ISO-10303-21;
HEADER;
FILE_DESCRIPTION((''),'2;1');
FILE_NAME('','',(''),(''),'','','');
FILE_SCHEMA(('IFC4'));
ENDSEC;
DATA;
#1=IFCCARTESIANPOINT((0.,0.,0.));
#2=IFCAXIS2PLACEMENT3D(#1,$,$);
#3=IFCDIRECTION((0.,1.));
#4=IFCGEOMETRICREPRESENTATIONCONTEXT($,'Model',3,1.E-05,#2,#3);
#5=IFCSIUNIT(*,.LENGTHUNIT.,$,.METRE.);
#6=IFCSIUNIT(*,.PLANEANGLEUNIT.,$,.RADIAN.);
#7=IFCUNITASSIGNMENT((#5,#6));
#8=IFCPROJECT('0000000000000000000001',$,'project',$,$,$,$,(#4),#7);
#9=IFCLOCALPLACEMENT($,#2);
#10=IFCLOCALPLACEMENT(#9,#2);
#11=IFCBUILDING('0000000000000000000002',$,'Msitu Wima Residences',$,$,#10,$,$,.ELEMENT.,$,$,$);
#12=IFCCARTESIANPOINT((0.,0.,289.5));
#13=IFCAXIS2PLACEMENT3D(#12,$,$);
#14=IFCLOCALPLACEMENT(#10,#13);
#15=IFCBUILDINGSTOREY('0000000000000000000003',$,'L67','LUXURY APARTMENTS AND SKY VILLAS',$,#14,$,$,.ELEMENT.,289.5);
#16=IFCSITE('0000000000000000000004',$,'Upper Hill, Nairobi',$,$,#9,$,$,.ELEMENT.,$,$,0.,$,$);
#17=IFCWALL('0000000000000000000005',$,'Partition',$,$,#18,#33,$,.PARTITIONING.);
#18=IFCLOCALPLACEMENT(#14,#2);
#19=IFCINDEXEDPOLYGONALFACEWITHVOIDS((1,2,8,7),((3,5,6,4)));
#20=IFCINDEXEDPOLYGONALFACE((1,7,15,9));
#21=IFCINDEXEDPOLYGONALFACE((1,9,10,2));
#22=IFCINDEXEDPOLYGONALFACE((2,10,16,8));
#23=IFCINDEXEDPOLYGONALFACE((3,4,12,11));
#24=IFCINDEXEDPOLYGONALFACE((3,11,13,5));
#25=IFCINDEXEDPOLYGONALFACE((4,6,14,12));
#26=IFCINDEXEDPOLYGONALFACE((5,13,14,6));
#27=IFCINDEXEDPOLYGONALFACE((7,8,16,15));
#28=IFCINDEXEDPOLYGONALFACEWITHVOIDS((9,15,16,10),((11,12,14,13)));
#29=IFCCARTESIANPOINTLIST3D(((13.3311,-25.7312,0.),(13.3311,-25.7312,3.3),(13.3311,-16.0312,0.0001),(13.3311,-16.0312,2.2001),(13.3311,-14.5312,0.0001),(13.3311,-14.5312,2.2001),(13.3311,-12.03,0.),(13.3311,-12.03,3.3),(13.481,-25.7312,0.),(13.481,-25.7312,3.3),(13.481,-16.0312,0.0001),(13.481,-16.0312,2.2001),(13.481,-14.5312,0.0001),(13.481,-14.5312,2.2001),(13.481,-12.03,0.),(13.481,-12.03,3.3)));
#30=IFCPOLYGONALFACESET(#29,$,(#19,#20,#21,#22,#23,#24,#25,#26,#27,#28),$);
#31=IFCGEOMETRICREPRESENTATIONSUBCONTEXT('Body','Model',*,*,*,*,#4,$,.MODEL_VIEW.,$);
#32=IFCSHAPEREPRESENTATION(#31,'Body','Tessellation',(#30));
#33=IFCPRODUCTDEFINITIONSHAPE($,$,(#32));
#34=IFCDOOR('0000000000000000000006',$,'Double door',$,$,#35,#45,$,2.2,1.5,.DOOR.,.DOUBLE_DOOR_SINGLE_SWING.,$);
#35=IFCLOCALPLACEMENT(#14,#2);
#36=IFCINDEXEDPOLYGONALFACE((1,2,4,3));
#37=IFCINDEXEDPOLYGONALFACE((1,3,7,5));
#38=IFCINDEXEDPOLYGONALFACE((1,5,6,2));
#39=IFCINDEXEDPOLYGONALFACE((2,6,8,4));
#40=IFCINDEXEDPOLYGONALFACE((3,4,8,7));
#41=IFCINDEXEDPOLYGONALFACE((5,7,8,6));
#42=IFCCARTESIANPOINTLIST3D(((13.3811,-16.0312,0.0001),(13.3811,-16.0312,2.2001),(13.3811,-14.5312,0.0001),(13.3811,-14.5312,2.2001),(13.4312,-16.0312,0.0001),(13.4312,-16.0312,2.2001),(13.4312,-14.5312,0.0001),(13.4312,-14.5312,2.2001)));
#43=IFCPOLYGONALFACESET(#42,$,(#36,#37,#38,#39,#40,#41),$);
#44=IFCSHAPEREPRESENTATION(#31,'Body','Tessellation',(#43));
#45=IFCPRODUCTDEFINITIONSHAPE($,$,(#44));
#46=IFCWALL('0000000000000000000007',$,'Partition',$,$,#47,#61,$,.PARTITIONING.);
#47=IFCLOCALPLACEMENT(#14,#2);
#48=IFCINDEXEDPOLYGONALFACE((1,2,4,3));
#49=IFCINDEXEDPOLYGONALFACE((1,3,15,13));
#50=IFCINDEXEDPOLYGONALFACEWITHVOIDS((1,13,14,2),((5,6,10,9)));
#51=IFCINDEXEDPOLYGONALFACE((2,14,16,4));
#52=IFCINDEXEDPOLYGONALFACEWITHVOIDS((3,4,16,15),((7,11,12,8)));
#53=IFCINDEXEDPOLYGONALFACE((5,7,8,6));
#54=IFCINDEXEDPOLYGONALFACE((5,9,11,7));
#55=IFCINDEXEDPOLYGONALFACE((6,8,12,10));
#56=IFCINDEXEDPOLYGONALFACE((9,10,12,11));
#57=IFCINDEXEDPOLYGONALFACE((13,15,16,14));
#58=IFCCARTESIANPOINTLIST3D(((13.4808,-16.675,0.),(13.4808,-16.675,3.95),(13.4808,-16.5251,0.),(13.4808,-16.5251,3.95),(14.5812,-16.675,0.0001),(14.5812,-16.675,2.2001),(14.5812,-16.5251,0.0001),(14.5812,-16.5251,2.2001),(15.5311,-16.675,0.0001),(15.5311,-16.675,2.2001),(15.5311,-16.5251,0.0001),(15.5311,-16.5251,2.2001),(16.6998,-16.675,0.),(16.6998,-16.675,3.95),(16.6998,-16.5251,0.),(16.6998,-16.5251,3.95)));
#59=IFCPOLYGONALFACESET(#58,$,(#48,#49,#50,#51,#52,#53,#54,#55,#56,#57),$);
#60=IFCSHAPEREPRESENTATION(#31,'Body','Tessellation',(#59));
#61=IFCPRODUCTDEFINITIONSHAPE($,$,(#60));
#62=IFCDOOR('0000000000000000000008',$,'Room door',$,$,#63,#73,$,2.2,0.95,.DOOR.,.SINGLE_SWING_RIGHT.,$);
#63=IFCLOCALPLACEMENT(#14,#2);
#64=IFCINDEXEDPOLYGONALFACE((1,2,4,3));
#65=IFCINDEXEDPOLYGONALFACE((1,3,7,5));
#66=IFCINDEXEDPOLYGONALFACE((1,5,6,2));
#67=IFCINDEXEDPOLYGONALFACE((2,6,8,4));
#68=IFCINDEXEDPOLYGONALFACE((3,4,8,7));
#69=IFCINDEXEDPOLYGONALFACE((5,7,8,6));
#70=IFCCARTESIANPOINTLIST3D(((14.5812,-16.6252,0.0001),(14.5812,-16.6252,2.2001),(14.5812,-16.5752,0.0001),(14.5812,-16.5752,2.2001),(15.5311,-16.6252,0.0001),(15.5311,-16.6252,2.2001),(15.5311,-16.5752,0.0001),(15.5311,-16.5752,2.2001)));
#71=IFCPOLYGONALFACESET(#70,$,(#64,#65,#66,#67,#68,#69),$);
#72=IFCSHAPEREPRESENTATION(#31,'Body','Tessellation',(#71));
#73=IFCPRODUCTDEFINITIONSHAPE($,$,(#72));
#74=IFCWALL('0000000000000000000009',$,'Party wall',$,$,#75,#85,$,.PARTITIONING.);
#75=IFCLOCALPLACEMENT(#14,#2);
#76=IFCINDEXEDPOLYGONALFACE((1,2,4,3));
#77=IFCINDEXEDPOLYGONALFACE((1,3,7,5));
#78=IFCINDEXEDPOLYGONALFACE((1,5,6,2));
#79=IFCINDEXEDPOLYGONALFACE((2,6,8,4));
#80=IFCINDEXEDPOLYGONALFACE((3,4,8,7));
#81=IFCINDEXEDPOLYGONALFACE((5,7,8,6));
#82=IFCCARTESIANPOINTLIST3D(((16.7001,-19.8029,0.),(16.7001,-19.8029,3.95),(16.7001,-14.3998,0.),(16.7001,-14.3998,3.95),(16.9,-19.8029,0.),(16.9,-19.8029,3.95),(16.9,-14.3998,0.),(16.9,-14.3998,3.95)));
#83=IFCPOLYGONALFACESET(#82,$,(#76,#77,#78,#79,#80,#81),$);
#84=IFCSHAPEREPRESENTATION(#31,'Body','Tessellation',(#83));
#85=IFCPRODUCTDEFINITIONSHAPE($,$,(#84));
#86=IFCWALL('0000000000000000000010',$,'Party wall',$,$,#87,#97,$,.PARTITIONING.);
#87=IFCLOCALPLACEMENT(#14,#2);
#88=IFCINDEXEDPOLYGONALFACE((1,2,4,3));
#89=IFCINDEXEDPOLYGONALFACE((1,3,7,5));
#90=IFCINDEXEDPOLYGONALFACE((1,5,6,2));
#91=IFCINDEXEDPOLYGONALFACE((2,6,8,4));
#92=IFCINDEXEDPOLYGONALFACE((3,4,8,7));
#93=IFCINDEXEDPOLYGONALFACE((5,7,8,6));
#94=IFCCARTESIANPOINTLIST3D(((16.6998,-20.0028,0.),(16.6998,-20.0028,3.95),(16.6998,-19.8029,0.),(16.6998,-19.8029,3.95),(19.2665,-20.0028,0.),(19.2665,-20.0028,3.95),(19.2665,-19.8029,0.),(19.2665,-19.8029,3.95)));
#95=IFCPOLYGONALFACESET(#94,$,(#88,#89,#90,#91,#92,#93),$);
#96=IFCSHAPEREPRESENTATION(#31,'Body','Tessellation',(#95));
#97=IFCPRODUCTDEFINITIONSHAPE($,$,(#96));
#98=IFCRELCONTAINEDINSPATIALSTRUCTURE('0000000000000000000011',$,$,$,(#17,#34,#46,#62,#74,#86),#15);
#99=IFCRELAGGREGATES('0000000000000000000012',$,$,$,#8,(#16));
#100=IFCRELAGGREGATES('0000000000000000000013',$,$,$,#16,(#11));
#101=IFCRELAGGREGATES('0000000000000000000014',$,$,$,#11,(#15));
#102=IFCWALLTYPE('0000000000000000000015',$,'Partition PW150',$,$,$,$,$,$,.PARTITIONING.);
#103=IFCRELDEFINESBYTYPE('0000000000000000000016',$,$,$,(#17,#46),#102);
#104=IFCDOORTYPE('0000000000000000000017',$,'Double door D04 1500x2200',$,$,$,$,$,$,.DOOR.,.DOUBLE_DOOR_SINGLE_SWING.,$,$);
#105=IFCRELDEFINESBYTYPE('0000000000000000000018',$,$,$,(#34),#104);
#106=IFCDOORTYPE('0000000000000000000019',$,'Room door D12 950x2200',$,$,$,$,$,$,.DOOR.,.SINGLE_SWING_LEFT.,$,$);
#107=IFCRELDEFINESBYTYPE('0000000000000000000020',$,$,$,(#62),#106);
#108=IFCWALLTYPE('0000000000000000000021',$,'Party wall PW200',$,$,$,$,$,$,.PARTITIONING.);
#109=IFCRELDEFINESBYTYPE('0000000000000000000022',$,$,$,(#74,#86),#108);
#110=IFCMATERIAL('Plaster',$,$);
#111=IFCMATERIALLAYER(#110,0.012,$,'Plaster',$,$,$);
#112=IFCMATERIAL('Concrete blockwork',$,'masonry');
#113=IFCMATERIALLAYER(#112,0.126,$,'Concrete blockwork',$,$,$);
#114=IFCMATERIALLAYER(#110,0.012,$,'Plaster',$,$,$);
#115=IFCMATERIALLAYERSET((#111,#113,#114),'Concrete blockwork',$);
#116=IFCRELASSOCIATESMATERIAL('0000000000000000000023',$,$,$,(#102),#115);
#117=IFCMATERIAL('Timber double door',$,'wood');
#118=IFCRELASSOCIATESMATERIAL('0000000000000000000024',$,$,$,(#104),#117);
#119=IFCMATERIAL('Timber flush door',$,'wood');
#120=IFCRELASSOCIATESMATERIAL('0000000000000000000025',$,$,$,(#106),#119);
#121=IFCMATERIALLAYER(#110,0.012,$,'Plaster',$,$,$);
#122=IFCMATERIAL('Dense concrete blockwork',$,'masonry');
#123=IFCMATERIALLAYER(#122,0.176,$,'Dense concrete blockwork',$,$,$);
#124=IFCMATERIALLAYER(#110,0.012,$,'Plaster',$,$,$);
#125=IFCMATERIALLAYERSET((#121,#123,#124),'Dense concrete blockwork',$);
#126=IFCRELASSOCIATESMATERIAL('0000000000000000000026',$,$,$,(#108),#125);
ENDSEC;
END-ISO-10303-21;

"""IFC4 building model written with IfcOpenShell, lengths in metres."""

from ifc_helpers import new_model, si_unit, direction, frame, frame_2d, origin, place, context, subcontext, project, spatial, rectangle, extrude, material, layer, layer_set, type_object, element, fill, save


model = new_model("IFC4")

# Units and contexts
model_context = context("Model", 3, precision=1e-05, world=origin(), true_north=direction((0.0, 1.0)))
body_context = subcontext(model_context, "Body", "Model", "MODEL_VIEW")
ifc_project = project(units=[si_unit("LENGTHUNIT", "METRE"), si_unit("PLANEANGLEUNIT", "RADIAN")], contexts=[model_context])

# Site, building, storey
site_placement = place(None, origin())
site = spatial("IfcSite", under=ifc_project, at=site_placement, Name="Upper Hill, Nairobi", CompositionType="ELEMENT", RefElevation=0.0)
building_placement = place(site_placement, origin())
building = spatial("IfcBuilding", under=site, at=building_placement, Name="Msitu Wima Residences", CompositionType="ELEMENT")
storey_placement = place(building_placement, frame((0.0, 0.0, 289.5)))
storey = spatial("IfcBuildingStorey", under=building, at=storey_placement, Name="L67", Description="LUXURY APARTMENTS AND SKY VILLAS", CompositionType="ELEMENT", Elevation=289.5)

# Shared definitions
ifc_material_1 = material(Name="Plaster")
ifc_material_2 = material(Name="Concrete blockwork", Category="masonry")

# Walls, openings, doors
ifc_layer_1 = layer(ifc_material_1, 0.012, Name="Plaster")
ifc_layer_2 = layer(ifc_material_2, 0.126, Name="Concrete blockwork")
ifc_layer_3 = layer(ifc_material_1, 0.012, Name="Plaster")
ifc_layer_set_1 = layer_set([ifc_layer_1, ifc_layer_2, ifc_layer_3], Name="Concrete blockwork")
wall_type_1 = type_object("IfcWallType", Name="Partition PW150", PredefinedType="PARTITIONING", material=ifc_layer_set_1)
wall_1_placement = place(storey_placement, frame((13.406, -25.7312, 0.0), z_axis=(0.0, 0.0, 1.0), x_axis=(0.0, 1.0, 0.0)))
wall_1 = element("IfcWall", 1, at=wall_1_placement, inside=storey, type_object=wall_type_1, Name="Partition", PredefinedType="PARTITIONING", context=body_context, shape_type="SweptSolid", body=[
    extrude(rectangle(XDim=13.7012, YDim=0.1499, at=frame_2d((6.8506, 0.0))), origin(), (0.0, 0.0, 1.0), 3.3),
])
opening_1_placement = place(wall_1_placement, frame((9.7, 0.0, 0.0)))
opening_1 = element("IfcOpeningElement", 2, at=opening_1_placement, cuts=wall_1, PredefinedType="OPENING", context=body_context, shape_type="SweptSolid", body=[
    extrude(rectangle(XDim=1.5, YDim=2.2, at=frame_2d((0.75, 1.1001))), frame((0.0, 0.085, 0.0), z_axis=(0.0, -1.0, 0.0), x_axis=(1.0, 0.0, 0.0)), (0.0, 0.0, 1.0), 0.1699),
])
ifc_material_3 = material(Name="Timber double door", Category="wood")
door_type_1 = type_object("IfcDoorType", Name="Double door D04 1500x2200", OperationType="DOUBLE_DOOR_SINGLE_SWING", PredefinedType="DOOR", material=ifc_material_3)
door_1_placement = place(opening_1_placement, origin())
door_1 = element("IfcDoor", 3, at=door_1_placement, inside=storey, type_object=door_type_1, Name="Double door", OperationType="DOUBLE_DOOR_SINGLE_SWING", OverallHeight=2.2, OverallWidth=1.5, PredefinedType="DOOR", context=body_context, shape_type="SweptSolid", body=[
    extrude(rectangle(XDim=1.5, YDim=2.2, at=frame_2d((0.75, 1.1001))), frame((0.0, 0.0249, 0.0), z_axis=(0.0, -1.0, 0.0), x_axis=(1.0, 0.0, 0.0)), (0.0, 0.0, 1.0), 0.05),
])
fill(opening_1, door_1)
wall_2_placement = place(storey_placement, frame((13.481, -16.6001, 0.0), z_axis=(0.0, 0.0, 1.0), x_axis=(1.0, 0.0, 0.0)))
wall_2 = element("IfcWall", 4, at=wall_2_placement, inside=storey, type_object=wall_type_1, Name="Partition", PredefinedType="PARTITIONING", context=body_context, shape_type="SweptSolid", body=[
    extrude(rectangle(XDim=3.219, YDim=0.1499, at=frame_2d((1.6094, 0.0))), origin(), (0.0, 0.0, 1.0), 3.95),
])
opening_2_placement = place(wall_2_placement, frame((1.1001, 0.0, 0.0)))
opening_2 = element("IfcOpeningElement", 5, at=opening_2_placement, cuts=wall_2, PredefinedType="OPENING", context=body_context, shape_type="SweptSolid", body=[
    extrude(rectangle(XDim=0.95, YDim=2.2, at=frame_2d((0.4751, 1.1001))), frame((0.0, 0.085, 0.0), z_axis=(0.0, -1.0, 0.0), x_axis=(1.0, 0.0, 0.0)), (0.0, 0.0, 1.0), 0.1699),
])
ifc_material_4 = material(Name="Timber flush door", Category="wood")
door_type_2 = type_object("IfcDoorType", Name="Room door D12 950x2200", OperationType="SINGLE_SWING_LEFT", PredefinedType="DOOR", material=ifc_material_4)
door_2_placement = place(opening_2_placement, origin())
door_2 = element("IfcDoor", 6, at=door_2_placement, inside=storey, type_object=door_type_2, Name="Room door", OperationType="SINGLE_SWING_RIGHT", OverallHeight=2.2, OverallWidth=0.95, PredefinedType="DOOR", context=body_context, shape_type="SweptSolid", body=[
    extrude(rectangle(XDim=0.95, YDim=2.2, at=frame_2d((0.4751, 1.1001))), frame((0.0, 0.0249, 0.0), z_axis=(0.0, -1.0, 0.0), x_axis=(1.0, 0.0, 0.0)), (0.0, 0.0, 1.0), 0.05),
])
fill(opening_2, door_2)

# Walls
ifc_layer_4 = layer(ifc_material_1, 0.012, Name="Plaster")
ifc_material_5 = material(Name="Dense concrete blockwork", Category="masonry")
ifc_layer_5 = layer(ifc_material_5, 0.176, Name="Dense concrete blockwork")
ifc_layer_6 = layer(ifc_material_1, 0.012, Name="Plaster")
ifc_layer_set_2 = layer_set([ifc_layer_4, ifc_layer_5, ifc_layer_6], Name="Dense concrete blockwork")
wall_type_2 = type_object("IfcWallType", Name="Party wall PW200", PredefinedType="PARTITIONING", material=ifc_layer_set_2)
wall_3_placement = place(storey_placement, frame((16.8, -19.803, 0.0), z_axis=(0.0, 0.0, 1.0), x_axis=(0.0, 1.0, 0.0)))
element("IfcWall", 7, at=wall_3_placement, inside=storey, type_object=wall_type_2, Name="Party wall", PredefinedType="PARTITIONING", context=body_context, shape_type="SweptSolid", body=[
    extrude(rectangle(XDim=5.4031, YDim=0.2, at=frame_2d((2.7017, 0.0))), origin(), (0.0, 0.0, 1.0), 3.95),
])
wall_4_placement = place(storey_placement, frame((16.7, -19.9028, 0.0), z_axis=(0.0, 0.0, 1.0), x_axis=(1.0, 0.0, 0.0)))
element("IfcWall", 8, at=wall_4_placement, inside=storey, type_object=wall_type_2, Name="Party wall", PredefinedType="PARTITIONING", context=body_context, shape_type="SweptSolid", body=[
    extrude(rectangle(XDim=2.5667, YDim=0.2, at=frame_2d((1.2832, 0.0))), origin(), (0.0, 0.0, 1.0), 3.95),
])

save(model, "model.ifc")
